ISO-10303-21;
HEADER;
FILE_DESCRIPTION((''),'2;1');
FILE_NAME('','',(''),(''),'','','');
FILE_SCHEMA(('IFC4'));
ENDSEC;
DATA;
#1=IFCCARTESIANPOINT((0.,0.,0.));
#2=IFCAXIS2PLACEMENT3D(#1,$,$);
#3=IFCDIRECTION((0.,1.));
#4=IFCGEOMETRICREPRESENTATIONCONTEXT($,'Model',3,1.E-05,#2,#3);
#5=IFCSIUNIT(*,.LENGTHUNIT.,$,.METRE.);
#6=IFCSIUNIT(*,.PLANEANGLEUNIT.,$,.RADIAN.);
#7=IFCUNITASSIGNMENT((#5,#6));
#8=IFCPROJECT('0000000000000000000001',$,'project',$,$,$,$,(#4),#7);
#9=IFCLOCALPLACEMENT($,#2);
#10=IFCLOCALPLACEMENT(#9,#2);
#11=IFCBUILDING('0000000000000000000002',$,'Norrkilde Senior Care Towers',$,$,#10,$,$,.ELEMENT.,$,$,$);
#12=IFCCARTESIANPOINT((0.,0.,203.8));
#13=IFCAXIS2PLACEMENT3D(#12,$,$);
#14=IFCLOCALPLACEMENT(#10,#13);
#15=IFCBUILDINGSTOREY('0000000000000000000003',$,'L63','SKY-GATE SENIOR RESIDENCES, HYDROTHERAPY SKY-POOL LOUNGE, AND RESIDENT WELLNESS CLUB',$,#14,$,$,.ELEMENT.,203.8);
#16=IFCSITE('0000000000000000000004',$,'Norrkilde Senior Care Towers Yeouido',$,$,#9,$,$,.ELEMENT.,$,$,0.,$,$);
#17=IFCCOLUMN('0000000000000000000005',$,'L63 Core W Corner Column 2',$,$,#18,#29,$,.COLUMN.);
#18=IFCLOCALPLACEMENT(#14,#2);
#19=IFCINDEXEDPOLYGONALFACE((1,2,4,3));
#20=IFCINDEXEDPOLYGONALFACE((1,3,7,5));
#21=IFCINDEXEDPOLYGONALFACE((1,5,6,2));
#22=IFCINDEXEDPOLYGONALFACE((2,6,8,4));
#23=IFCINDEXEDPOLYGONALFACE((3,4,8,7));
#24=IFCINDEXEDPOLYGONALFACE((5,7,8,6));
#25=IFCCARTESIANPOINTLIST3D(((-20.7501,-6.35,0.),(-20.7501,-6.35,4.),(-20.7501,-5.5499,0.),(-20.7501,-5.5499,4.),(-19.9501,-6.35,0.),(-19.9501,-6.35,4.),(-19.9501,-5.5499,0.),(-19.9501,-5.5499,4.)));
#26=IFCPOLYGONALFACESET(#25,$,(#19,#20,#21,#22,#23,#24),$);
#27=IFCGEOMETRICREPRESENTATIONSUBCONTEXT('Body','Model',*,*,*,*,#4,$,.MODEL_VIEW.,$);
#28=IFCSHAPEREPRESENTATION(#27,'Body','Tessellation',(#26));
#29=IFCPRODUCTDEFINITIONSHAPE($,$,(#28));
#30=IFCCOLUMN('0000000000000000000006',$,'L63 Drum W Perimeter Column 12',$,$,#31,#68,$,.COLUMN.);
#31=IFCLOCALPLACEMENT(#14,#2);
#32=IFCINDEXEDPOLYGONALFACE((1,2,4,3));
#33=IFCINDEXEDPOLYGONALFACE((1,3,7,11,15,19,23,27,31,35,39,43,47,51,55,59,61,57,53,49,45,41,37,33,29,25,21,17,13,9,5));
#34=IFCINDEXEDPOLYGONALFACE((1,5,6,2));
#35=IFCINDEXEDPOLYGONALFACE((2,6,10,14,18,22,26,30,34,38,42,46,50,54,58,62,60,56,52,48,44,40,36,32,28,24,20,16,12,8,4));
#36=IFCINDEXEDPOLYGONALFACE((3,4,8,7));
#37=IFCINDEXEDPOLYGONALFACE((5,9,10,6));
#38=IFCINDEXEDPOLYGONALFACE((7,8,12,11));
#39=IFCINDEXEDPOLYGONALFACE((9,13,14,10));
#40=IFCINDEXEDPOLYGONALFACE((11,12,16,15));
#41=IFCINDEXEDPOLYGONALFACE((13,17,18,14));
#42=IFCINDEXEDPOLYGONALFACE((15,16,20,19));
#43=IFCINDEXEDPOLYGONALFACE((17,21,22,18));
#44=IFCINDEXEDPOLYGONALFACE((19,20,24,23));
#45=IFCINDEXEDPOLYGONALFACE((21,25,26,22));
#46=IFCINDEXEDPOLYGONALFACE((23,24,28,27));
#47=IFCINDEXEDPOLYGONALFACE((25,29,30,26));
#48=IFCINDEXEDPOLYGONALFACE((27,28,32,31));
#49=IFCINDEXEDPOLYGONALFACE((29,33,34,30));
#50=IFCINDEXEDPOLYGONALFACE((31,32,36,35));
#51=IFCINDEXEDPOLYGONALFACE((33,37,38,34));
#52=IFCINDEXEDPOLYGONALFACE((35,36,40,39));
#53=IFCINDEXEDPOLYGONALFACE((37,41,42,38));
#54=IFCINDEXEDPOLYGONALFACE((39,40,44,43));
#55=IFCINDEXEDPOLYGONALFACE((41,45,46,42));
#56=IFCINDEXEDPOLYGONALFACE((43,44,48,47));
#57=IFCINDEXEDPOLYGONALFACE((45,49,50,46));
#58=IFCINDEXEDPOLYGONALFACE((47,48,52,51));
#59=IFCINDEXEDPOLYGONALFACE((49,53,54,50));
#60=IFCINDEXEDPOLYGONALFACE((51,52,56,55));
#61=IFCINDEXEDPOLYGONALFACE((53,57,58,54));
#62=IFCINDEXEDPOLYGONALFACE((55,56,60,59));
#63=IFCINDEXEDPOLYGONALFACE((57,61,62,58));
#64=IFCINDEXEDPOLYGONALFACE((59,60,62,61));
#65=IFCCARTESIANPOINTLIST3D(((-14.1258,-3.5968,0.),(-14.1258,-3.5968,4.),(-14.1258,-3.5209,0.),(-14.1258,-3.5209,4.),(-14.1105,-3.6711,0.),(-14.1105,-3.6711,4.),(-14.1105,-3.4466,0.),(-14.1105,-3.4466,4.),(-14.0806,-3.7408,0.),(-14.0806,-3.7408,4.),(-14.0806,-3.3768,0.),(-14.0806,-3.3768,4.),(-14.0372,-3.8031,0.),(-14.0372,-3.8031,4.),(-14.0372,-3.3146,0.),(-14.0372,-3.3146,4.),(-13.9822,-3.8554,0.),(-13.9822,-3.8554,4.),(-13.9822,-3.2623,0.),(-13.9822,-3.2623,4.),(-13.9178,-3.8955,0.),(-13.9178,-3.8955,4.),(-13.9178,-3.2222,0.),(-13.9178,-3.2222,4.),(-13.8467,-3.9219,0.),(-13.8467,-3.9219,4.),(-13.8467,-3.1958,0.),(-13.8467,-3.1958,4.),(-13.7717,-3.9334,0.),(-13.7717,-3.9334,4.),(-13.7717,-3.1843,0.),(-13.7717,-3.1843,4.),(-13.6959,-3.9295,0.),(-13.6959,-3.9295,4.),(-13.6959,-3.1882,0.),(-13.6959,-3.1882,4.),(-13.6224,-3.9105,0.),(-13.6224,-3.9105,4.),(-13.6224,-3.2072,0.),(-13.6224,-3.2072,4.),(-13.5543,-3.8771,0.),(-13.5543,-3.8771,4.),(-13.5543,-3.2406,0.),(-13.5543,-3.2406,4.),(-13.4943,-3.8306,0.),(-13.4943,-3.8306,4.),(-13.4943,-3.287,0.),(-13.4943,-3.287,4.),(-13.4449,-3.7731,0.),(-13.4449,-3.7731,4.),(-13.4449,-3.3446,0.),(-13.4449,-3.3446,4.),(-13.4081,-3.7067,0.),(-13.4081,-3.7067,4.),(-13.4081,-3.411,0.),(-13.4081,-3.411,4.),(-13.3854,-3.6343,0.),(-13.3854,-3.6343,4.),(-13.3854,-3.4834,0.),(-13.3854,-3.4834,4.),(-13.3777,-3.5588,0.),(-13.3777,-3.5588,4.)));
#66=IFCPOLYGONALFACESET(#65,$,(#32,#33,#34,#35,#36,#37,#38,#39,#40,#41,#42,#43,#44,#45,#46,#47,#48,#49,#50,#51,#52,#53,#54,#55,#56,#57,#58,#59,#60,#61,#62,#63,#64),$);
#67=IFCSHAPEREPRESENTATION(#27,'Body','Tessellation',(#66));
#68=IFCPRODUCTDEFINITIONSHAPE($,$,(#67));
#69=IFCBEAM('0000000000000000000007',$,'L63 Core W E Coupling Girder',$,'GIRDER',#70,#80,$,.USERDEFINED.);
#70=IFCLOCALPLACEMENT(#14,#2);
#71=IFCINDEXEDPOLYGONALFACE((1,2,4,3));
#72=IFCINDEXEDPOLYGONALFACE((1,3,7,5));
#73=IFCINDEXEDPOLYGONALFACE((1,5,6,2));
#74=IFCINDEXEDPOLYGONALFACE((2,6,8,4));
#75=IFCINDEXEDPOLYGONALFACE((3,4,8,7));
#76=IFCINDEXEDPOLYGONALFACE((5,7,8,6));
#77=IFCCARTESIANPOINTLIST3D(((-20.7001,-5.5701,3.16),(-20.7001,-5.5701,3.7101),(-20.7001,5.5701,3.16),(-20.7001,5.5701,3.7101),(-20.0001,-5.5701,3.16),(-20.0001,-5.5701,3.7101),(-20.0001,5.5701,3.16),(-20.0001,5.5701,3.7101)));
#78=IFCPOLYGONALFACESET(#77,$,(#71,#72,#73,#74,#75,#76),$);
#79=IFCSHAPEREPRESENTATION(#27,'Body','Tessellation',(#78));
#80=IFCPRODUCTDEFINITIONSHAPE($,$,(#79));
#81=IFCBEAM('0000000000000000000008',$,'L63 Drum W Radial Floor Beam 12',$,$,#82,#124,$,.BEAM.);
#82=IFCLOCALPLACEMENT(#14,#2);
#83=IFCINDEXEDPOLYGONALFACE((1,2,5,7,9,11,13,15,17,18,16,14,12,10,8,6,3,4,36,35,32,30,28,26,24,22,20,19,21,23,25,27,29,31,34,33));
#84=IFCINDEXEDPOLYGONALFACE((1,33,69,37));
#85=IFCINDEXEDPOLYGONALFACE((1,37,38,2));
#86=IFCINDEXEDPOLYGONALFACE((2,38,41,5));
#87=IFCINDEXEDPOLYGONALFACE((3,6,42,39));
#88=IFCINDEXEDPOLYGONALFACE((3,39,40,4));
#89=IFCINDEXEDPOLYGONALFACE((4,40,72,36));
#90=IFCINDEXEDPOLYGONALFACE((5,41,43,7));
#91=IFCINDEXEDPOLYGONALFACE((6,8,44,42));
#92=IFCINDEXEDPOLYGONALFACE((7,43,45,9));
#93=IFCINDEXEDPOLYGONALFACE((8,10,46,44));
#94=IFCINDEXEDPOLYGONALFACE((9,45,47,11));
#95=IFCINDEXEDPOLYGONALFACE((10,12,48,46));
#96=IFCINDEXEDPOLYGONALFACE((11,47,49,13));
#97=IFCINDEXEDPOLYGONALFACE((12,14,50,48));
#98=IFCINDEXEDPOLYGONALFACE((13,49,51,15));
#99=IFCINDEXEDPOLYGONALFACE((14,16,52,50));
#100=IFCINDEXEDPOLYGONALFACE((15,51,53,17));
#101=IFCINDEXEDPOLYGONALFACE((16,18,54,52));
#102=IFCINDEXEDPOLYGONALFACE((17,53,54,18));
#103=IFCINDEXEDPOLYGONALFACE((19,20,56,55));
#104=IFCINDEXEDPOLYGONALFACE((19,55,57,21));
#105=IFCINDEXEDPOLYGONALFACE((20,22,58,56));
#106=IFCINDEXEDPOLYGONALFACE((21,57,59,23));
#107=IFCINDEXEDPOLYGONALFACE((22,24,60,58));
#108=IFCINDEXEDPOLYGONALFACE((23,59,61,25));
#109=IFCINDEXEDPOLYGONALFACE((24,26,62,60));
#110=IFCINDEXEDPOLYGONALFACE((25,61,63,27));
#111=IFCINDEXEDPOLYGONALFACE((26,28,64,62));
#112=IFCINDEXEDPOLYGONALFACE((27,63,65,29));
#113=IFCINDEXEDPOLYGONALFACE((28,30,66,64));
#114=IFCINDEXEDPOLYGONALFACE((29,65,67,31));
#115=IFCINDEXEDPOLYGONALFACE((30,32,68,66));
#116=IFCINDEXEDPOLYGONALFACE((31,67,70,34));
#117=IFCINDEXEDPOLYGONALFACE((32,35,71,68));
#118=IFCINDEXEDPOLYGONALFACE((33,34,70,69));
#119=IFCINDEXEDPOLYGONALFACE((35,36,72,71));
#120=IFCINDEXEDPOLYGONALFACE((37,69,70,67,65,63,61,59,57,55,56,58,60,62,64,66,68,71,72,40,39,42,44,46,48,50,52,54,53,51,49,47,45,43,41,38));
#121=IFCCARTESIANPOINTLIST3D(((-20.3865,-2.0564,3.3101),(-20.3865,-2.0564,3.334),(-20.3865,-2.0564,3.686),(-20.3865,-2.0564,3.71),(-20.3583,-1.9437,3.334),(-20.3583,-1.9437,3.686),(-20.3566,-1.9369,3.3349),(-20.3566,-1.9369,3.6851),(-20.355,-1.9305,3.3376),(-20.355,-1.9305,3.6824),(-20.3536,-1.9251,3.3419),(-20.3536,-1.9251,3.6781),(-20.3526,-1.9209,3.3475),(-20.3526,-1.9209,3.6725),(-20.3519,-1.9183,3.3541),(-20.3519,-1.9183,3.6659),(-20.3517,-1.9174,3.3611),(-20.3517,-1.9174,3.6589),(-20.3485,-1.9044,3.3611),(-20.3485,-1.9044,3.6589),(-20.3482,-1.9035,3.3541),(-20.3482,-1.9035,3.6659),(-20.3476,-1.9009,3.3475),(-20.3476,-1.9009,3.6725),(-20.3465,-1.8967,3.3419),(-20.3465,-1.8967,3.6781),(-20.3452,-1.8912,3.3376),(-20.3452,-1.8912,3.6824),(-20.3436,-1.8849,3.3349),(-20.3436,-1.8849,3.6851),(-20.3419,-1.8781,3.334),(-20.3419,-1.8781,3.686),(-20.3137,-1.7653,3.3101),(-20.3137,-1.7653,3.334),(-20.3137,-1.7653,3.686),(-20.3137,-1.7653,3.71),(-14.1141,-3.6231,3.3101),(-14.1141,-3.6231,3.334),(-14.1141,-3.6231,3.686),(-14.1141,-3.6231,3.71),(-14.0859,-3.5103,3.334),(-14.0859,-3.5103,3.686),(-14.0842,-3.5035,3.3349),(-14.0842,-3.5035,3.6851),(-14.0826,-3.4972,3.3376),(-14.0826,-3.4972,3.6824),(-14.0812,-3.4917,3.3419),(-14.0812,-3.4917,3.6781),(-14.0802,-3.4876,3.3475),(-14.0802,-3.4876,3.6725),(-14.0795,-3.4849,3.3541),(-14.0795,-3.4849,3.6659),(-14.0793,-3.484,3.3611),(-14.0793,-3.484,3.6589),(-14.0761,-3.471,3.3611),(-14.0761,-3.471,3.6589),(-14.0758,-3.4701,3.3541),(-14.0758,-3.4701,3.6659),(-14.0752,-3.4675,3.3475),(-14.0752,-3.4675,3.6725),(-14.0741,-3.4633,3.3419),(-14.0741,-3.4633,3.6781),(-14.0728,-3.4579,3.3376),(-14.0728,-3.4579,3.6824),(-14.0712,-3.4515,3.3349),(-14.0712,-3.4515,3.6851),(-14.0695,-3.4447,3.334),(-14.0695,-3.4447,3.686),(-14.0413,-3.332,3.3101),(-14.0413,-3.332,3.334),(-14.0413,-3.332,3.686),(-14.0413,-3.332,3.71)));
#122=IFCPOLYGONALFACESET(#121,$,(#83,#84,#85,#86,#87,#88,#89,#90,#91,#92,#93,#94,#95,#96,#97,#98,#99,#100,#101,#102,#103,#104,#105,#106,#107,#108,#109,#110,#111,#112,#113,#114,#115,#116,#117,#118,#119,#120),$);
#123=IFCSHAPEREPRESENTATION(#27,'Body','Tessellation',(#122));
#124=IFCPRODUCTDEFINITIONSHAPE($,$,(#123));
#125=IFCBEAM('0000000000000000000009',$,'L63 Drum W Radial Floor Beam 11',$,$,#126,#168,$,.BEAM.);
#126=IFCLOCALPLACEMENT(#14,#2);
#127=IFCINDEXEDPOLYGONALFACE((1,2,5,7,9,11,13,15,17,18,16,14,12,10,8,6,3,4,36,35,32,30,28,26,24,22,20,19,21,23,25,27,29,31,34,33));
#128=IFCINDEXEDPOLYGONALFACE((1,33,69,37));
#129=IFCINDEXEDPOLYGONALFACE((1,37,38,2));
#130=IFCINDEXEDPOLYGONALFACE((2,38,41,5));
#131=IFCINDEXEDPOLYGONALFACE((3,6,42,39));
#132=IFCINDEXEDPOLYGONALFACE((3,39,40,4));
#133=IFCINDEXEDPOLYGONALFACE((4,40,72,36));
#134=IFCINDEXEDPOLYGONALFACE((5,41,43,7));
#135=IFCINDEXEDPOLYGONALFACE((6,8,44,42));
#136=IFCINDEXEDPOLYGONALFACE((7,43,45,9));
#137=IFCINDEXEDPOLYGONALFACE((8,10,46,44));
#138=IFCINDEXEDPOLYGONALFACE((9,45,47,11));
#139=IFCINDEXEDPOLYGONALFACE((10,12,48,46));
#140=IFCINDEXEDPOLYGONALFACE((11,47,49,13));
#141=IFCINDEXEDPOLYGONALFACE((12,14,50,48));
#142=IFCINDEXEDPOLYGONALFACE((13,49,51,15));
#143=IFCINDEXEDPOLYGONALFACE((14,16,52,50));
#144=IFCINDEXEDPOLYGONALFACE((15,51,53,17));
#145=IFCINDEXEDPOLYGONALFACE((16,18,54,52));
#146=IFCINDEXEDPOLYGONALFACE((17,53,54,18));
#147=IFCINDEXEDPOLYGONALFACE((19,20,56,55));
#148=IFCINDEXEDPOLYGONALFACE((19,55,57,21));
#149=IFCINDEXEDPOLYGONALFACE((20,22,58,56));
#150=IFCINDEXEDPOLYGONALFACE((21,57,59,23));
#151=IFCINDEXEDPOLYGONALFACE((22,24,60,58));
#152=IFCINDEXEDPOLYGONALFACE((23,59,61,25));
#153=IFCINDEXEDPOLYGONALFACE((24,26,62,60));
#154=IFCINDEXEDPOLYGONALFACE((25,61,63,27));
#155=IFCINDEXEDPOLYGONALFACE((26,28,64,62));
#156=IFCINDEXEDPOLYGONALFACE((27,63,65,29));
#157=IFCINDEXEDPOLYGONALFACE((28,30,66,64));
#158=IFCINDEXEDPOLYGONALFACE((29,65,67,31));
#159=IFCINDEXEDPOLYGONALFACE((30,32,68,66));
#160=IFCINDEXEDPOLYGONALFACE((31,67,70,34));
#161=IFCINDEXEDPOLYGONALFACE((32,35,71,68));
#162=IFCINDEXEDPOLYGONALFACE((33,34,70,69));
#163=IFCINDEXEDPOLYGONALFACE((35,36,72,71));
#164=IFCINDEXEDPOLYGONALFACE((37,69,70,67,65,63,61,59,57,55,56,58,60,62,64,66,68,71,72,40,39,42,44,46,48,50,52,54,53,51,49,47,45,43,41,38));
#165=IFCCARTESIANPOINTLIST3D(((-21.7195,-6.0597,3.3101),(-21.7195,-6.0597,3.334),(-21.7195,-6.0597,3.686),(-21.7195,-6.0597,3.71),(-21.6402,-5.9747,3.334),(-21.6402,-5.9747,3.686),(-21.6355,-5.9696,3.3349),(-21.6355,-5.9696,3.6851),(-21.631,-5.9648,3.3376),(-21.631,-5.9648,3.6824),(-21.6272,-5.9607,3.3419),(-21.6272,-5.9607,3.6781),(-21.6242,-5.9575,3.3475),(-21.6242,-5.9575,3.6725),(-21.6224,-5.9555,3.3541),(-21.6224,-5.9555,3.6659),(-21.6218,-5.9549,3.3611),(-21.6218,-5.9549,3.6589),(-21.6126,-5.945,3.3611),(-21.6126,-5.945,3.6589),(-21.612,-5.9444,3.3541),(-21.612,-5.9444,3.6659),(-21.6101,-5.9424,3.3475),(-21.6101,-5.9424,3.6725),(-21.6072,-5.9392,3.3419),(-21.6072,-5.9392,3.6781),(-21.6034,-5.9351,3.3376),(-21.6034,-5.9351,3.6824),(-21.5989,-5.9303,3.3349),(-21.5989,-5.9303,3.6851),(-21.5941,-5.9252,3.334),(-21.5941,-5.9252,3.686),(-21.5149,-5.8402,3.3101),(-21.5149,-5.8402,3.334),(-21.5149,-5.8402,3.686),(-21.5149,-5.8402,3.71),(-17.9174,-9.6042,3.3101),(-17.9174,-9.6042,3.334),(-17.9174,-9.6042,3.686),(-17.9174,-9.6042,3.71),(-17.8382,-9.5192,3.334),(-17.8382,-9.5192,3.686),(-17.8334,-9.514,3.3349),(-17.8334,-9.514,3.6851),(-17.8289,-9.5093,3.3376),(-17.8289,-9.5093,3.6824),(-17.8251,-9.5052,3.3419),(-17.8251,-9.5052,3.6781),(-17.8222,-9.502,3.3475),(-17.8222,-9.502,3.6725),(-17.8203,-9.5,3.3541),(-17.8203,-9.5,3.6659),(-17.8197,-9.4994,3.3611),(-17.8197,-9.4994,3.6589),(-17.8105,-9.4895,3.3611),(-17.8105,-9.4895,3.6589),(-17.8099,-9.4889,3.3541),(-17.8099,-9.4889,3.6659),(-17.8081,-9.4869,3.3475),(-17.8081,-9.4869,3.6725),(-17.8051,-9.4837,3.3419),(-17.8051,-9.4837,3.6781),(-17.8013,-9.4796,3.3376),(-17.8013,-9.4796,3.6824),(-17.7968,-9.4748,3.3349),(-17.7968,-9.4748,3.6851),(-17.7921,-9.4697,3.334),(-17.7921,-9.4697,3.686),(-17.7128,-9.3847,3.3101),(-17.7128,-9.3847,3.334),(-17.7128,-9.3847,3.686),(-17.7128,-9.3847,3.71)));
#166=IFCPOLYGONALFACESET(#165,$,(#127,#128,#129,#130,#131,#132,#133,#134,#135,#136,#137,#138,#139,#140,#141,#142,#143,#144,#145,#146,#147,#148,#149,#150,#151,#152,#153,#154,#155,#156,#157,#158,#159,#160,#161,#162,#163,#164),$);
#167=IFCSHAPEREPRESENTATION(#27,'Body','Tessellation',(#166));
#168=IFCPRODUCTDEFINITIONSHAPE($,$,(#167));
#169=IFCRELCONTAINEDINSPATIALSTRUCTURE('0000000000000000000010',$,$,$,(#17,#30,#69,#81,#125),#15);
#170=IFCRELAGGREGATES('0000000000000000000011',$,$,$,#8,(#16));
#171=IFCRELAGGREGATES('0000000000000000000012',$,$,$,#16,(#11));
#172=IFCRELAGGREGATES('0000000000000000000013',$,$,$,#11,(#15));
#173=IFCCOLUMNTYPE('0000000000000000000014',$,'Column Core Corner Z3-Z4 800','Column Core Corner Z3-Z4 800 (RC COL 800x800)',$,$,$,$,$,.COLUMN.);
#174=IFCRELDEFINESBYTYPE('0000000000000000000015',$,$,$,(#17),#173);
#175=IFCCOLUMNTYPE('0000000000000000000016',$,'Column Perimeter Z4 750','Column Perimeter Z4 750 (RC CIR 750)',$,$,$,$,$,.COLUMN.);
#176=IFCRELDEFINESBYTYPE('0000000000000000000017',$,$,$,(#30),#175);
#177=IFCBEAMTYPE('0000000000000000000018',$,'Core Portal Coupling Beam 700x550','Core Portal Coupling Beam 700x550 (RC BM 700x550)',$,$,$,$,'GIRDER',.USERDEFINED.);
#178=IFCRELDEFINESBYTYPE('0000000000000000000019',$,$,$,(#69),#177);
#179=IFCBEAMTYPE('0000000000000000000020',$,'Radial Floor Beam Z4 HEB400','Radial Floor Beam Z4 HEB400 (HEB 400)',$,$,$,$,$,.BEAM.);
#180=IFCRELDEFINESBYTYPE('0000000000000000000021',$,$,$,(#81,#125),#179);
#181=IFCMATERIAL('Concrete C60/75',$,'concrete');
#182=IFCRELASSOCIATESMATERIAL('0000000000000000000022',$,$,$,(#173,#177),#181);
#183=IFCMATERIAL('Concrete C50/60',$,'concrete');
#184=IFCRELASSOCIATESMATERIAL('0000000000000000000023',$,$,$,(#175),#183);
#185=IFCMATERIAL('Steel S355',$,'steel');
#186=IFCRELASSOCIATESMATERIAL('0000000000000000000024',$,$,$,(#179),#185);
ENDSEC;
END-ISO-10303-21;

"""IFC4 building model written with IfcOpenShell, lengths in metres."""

from ifc_helpers import new_model, si_unit, direction, frame, origin, origin_2d, place, context, subcontext, project, spatial, rectangle, circle, i_section, extrude, source, transform, mapped, material, material_profile, profile_set, type_object, type_shapes, element, save


model = new_model("IFC4")

# Units and contexts
model_context = context("Model", 3, precision=1e-05, world=origin(), true_north=direction((0.0, 1.0)))
body_context = subcontext(model_context, "Body", "Model", "MODEL_VIEW")
ifc_project = project(units=[si_unit("LENGTHUNIT", "METRE"), si_unit("PLANEANGLEUNIT", "RADIAN")], contexts=[model_context])

# Site, building, storey
site_placement = place(None, origin())
site = spatial("IfcSite", under=ifc_project, at=site_placement, Name="Norrkilde Senior Care Towers Yeouido", CompositionType="ELEMENT", RefElevation=0.0)
building_placement = place(site_placement, origin())
building = spatial("IfcBuilding", under=site, at=building_placement, Name="Norrkilde Senior Care Towers", CompositionType="ELEMENT")
storey_placement = place(building_placement, frame((0.0, 0.0, 203.8)))
storey = spatial("IfcBuildingStorey", under=building, at=storey_placement, Name="L63", Description="SKY-GATE SENIOR RESIDENCES, HYDROTHERAPY SKY-POOL LOUNGE, AND RESIDENT WELLNESS CLUB", CompositionType="ELEMENT", Elevation=203.8)

# Columns
ifc_material_1 = material(Name="Concrete C60/75", Category="concrete")
ifc_material_profile_1 = material_profile(ifc_material_1, rectangle(XDim=0.8, YDim=0.8, at=origin_2d()), Name="RC COL 800x800")
ifc_profile_set_1 = profile_set([ifc_material_profile_1], Name="Concrete C60/75")
column_type_1 = type_object("IfcColumnType", Name="Column Core Corner Z3-Z4 800", Description="Column Core Corner Z3-Z4 800 (RC COL 800x800)", PredefinedType="COLUMN", material=ifc_profile_set_1)
shared_shape_1 = source(origin(), body_context, "Body", "SweptSolid", [
    extrude(rectangle(XDim=0.8, YDim=0.8, at=origin_2d()), origin(), (0.0, 0.0, 1.0), 4.0),
])
type_shapes(column_type_1, [shared_shape_1])
column_1_placement = place(storey_placement, frame((-20.3501, -5.95, 0.0), z_axis=(0.0, 0.0, 1.0), x_axis=(1.0, 0.0, 0.0)))
element("IfcColumn", 1, at=column_1_placement, inside=storey, type_object=column_type_1, Name="L63 Core W Corner Column 2", PredefinedType="COLUMN", context=body_context, shape_type="MappedRepresentation", body=[
    mapped(shared_shape_1, transform((0.0, 0.0, 0.0), x_axis=(1.0, 0.0, 0.0), y_axis=(0.0, 1.0, 0.0), z_axis=(0.0, 0.0, 1.0), scale=1.0)),
])
ifc_material_2 = material(Name="Concrete C50/60", Category="concrete")
ifc_material_profile_2 = material_profile(ifc_material_2, circle(Radius=0.375, at=origin_2d()), Name="RC CIR 750")
ifc_profile_set_2 = profile_set([ifc_material_profile_2], Name="Concrete C50/60")
column_type_2 = type_object("IfcColumnType", Name="Column Perimeter Z4 750", Description="Column Perimeter Z4 750 (RC CIR 750)", PredefinedType="COLUMN", material=ifc_profile_set_2)
shared_shape_2 = source(origin(), body_context, "Body", "SweptSolid", [
    extrude(circle(Radius=0.375, at=origin_2d()), origin(), (0.0, 0.0, 1.0), 4.0),
])
type_shapes(column_type_2, [shared_shape_2])
column_2_placement = place(storey_placement, frame((-13.7527, -3.5588, 0.0), z_axis=(0.0, 0.0, 1.0), x_axis=(1.0, 0.0, 0.0)))
element("IfcColumn", 2, at=column_2_placement, inside=storey, type_object=column_type_2, Name="L63 Drum W Perimeter Column 12", PredefinedType="COLUMN", context=body_context, shape_type="MappedRepresentation", body=[
    mapped(shared_shape_2, transform((0.0, 0.0, 0.0), x_axis=(1.0, 0.0, 0.0), y_axis=(0.0, 1.0, 0.0), z_axis=(0.0, 0.0, 1.0), scale=1.0)),
])

# Beams
ifc_material_profile_3 = material_profile(ifc_material_1, rectangle(XDim=0.7, YDim=0.55, at=origin_2d()), Name="RC BM 700x550")
ifc_profile_set_3 = profile_set([ifc_material_profile_3], Name="Concrete C60/75")
beam_type_1 = type_object("IfcBeamType", Name="Core Portal Coupling Beam 700x550", Description="Core Portal Coupling Beam 700x550 (RC BM 700x550)", ElementType="GIRDER", PredefinedType="USERDEFINED", material=ifc_profile_set_3)
shared_shape_3 = source(origin(), body_context, "Body", "SweptSolid", [
    extrude(rectangle(XDim=0.7, YDim=0.55, at=origin_2d()), origin(), (0.0, 0.0, 1.0), 11.1401),
])
type_shapes(beam_type_1, [shared_shape_3])
beam_1_placement = place(storey_placement, frame((-20.3501, -5.5701, 3.4351), z_axis=(0.0, 1.0, 0.0), x_axis=(-1.0, 0.0, 0.0)))
element("IfcBeam", 3, at=beam_1_placement, inside=storey, type_object=beam_type_1, Name="L63 Core W E Coupling Girder", ObjectType="GIRDER", PredefinedType="USERDEFINED", context=body_context, shape_type="MappedRepresentation", body=[
    mapped(shared_shape_3, transform((0.0, 0.0, 0.0), x_axis=(1.0, 0.0, 0.0), y_axis=(0.0, 1.0, 0.0), z_axis=(0.0, 0.0, 1.0), scale=1.0)),
])
ifc_material_3 = material(Name="Steel S355", Category="steel")
ifc_material_profile_4 = material_profile(ifc_material_3, i_section(OverallWidth=0.3, OverallDepth=0.3999, WebThickness=0.0134, FlangeThickness=0.0239, FilletRadius=0.0271, at=origin_2d()), Name="HEB 400")
ifc_profile_set_4 = profile_set([ifc_material_profile_4], Name="Steel S355")
beam_type_2 = type_object("IfcBeamType", Name="Radial Floor Beam Z4 HEB400", Description="Radial Floor Beam Z4 HEB400 (HEB 400)", PredefinedType="BEAM", material=ifc_profile_set_4)
shared_shape_4 = source(origin(), body_context, "Body", "SweptSolid", [
    extrude(i_section(OverallWidth=0.3, OverallDepth=0.3999, WebThickness=0.0134, FlangeThickness=0.0239, FilletRadius=0.0271, at=origin_2d()), origin(), (0.0, 0.0, 1.0), 6.4651),
])
beam_2_placement = place(storey_placement, frame((-20.3501, -1.9109, 3.51), z_axis=(0.970196, -0.242322, 0.0), x_axis=(0.242322, 0.970196, 0.0)))
element("IfcBeam", 4, at=beam_2_placement, inside=storey, type_object=beam_type_2, Name="L63 Drum W Radial Floor Beam 12", PredefinedType="BEAM", context=body_context, shape_type="MappedRepresentation", body=[
    mapped(shared_shape_4, transform((0.0, 0.0, 0.0), x_axis=(1.0, 0.0, 0.0), y_axis=(0.0, 1.0, 0.0), z_axis=(0.0, 0.0, 1.0), scale=1.0)),
])
shared_shape_5 = source(origin(), body_context, "Body", "SweptSolid", [
    extrude(i_section(OverallWidth=0.3, OverallDepth=0.3999, WebThickness=0.0134, FlangeThickness=0.0239, FilletRadius=0.0271, at=origin_2d()), origin(), (0.0, 0.0, 1.0), 5.198),
])
beam_3_placement = place(storey_placement, frame((-21.6172, -5.95, 3.51), z_axis=(0.731449, -0.681896, 0.0), x_axis=(0.681896, 0.731449, 0.0)))
element("IfcBeam", 5, at=beam_3_placement, inside=storey, type_object=beam_type_2, Name="L63 Drum W Radial Floor Beam 11", PredefinedType="BEAM", context=body_context, shape_type="MappedRepresentation", body=[
    mapped(shared_shape_5, transform((0.0, 0.0, 0.0), x_axis=(1.0, 0.0, 0.0), y_axis=(0.0, 1.0, 0.0), z_axis=(0.0, 0.0, 1.0), scale=1.0)),
])

save(model, "model.ifc")
